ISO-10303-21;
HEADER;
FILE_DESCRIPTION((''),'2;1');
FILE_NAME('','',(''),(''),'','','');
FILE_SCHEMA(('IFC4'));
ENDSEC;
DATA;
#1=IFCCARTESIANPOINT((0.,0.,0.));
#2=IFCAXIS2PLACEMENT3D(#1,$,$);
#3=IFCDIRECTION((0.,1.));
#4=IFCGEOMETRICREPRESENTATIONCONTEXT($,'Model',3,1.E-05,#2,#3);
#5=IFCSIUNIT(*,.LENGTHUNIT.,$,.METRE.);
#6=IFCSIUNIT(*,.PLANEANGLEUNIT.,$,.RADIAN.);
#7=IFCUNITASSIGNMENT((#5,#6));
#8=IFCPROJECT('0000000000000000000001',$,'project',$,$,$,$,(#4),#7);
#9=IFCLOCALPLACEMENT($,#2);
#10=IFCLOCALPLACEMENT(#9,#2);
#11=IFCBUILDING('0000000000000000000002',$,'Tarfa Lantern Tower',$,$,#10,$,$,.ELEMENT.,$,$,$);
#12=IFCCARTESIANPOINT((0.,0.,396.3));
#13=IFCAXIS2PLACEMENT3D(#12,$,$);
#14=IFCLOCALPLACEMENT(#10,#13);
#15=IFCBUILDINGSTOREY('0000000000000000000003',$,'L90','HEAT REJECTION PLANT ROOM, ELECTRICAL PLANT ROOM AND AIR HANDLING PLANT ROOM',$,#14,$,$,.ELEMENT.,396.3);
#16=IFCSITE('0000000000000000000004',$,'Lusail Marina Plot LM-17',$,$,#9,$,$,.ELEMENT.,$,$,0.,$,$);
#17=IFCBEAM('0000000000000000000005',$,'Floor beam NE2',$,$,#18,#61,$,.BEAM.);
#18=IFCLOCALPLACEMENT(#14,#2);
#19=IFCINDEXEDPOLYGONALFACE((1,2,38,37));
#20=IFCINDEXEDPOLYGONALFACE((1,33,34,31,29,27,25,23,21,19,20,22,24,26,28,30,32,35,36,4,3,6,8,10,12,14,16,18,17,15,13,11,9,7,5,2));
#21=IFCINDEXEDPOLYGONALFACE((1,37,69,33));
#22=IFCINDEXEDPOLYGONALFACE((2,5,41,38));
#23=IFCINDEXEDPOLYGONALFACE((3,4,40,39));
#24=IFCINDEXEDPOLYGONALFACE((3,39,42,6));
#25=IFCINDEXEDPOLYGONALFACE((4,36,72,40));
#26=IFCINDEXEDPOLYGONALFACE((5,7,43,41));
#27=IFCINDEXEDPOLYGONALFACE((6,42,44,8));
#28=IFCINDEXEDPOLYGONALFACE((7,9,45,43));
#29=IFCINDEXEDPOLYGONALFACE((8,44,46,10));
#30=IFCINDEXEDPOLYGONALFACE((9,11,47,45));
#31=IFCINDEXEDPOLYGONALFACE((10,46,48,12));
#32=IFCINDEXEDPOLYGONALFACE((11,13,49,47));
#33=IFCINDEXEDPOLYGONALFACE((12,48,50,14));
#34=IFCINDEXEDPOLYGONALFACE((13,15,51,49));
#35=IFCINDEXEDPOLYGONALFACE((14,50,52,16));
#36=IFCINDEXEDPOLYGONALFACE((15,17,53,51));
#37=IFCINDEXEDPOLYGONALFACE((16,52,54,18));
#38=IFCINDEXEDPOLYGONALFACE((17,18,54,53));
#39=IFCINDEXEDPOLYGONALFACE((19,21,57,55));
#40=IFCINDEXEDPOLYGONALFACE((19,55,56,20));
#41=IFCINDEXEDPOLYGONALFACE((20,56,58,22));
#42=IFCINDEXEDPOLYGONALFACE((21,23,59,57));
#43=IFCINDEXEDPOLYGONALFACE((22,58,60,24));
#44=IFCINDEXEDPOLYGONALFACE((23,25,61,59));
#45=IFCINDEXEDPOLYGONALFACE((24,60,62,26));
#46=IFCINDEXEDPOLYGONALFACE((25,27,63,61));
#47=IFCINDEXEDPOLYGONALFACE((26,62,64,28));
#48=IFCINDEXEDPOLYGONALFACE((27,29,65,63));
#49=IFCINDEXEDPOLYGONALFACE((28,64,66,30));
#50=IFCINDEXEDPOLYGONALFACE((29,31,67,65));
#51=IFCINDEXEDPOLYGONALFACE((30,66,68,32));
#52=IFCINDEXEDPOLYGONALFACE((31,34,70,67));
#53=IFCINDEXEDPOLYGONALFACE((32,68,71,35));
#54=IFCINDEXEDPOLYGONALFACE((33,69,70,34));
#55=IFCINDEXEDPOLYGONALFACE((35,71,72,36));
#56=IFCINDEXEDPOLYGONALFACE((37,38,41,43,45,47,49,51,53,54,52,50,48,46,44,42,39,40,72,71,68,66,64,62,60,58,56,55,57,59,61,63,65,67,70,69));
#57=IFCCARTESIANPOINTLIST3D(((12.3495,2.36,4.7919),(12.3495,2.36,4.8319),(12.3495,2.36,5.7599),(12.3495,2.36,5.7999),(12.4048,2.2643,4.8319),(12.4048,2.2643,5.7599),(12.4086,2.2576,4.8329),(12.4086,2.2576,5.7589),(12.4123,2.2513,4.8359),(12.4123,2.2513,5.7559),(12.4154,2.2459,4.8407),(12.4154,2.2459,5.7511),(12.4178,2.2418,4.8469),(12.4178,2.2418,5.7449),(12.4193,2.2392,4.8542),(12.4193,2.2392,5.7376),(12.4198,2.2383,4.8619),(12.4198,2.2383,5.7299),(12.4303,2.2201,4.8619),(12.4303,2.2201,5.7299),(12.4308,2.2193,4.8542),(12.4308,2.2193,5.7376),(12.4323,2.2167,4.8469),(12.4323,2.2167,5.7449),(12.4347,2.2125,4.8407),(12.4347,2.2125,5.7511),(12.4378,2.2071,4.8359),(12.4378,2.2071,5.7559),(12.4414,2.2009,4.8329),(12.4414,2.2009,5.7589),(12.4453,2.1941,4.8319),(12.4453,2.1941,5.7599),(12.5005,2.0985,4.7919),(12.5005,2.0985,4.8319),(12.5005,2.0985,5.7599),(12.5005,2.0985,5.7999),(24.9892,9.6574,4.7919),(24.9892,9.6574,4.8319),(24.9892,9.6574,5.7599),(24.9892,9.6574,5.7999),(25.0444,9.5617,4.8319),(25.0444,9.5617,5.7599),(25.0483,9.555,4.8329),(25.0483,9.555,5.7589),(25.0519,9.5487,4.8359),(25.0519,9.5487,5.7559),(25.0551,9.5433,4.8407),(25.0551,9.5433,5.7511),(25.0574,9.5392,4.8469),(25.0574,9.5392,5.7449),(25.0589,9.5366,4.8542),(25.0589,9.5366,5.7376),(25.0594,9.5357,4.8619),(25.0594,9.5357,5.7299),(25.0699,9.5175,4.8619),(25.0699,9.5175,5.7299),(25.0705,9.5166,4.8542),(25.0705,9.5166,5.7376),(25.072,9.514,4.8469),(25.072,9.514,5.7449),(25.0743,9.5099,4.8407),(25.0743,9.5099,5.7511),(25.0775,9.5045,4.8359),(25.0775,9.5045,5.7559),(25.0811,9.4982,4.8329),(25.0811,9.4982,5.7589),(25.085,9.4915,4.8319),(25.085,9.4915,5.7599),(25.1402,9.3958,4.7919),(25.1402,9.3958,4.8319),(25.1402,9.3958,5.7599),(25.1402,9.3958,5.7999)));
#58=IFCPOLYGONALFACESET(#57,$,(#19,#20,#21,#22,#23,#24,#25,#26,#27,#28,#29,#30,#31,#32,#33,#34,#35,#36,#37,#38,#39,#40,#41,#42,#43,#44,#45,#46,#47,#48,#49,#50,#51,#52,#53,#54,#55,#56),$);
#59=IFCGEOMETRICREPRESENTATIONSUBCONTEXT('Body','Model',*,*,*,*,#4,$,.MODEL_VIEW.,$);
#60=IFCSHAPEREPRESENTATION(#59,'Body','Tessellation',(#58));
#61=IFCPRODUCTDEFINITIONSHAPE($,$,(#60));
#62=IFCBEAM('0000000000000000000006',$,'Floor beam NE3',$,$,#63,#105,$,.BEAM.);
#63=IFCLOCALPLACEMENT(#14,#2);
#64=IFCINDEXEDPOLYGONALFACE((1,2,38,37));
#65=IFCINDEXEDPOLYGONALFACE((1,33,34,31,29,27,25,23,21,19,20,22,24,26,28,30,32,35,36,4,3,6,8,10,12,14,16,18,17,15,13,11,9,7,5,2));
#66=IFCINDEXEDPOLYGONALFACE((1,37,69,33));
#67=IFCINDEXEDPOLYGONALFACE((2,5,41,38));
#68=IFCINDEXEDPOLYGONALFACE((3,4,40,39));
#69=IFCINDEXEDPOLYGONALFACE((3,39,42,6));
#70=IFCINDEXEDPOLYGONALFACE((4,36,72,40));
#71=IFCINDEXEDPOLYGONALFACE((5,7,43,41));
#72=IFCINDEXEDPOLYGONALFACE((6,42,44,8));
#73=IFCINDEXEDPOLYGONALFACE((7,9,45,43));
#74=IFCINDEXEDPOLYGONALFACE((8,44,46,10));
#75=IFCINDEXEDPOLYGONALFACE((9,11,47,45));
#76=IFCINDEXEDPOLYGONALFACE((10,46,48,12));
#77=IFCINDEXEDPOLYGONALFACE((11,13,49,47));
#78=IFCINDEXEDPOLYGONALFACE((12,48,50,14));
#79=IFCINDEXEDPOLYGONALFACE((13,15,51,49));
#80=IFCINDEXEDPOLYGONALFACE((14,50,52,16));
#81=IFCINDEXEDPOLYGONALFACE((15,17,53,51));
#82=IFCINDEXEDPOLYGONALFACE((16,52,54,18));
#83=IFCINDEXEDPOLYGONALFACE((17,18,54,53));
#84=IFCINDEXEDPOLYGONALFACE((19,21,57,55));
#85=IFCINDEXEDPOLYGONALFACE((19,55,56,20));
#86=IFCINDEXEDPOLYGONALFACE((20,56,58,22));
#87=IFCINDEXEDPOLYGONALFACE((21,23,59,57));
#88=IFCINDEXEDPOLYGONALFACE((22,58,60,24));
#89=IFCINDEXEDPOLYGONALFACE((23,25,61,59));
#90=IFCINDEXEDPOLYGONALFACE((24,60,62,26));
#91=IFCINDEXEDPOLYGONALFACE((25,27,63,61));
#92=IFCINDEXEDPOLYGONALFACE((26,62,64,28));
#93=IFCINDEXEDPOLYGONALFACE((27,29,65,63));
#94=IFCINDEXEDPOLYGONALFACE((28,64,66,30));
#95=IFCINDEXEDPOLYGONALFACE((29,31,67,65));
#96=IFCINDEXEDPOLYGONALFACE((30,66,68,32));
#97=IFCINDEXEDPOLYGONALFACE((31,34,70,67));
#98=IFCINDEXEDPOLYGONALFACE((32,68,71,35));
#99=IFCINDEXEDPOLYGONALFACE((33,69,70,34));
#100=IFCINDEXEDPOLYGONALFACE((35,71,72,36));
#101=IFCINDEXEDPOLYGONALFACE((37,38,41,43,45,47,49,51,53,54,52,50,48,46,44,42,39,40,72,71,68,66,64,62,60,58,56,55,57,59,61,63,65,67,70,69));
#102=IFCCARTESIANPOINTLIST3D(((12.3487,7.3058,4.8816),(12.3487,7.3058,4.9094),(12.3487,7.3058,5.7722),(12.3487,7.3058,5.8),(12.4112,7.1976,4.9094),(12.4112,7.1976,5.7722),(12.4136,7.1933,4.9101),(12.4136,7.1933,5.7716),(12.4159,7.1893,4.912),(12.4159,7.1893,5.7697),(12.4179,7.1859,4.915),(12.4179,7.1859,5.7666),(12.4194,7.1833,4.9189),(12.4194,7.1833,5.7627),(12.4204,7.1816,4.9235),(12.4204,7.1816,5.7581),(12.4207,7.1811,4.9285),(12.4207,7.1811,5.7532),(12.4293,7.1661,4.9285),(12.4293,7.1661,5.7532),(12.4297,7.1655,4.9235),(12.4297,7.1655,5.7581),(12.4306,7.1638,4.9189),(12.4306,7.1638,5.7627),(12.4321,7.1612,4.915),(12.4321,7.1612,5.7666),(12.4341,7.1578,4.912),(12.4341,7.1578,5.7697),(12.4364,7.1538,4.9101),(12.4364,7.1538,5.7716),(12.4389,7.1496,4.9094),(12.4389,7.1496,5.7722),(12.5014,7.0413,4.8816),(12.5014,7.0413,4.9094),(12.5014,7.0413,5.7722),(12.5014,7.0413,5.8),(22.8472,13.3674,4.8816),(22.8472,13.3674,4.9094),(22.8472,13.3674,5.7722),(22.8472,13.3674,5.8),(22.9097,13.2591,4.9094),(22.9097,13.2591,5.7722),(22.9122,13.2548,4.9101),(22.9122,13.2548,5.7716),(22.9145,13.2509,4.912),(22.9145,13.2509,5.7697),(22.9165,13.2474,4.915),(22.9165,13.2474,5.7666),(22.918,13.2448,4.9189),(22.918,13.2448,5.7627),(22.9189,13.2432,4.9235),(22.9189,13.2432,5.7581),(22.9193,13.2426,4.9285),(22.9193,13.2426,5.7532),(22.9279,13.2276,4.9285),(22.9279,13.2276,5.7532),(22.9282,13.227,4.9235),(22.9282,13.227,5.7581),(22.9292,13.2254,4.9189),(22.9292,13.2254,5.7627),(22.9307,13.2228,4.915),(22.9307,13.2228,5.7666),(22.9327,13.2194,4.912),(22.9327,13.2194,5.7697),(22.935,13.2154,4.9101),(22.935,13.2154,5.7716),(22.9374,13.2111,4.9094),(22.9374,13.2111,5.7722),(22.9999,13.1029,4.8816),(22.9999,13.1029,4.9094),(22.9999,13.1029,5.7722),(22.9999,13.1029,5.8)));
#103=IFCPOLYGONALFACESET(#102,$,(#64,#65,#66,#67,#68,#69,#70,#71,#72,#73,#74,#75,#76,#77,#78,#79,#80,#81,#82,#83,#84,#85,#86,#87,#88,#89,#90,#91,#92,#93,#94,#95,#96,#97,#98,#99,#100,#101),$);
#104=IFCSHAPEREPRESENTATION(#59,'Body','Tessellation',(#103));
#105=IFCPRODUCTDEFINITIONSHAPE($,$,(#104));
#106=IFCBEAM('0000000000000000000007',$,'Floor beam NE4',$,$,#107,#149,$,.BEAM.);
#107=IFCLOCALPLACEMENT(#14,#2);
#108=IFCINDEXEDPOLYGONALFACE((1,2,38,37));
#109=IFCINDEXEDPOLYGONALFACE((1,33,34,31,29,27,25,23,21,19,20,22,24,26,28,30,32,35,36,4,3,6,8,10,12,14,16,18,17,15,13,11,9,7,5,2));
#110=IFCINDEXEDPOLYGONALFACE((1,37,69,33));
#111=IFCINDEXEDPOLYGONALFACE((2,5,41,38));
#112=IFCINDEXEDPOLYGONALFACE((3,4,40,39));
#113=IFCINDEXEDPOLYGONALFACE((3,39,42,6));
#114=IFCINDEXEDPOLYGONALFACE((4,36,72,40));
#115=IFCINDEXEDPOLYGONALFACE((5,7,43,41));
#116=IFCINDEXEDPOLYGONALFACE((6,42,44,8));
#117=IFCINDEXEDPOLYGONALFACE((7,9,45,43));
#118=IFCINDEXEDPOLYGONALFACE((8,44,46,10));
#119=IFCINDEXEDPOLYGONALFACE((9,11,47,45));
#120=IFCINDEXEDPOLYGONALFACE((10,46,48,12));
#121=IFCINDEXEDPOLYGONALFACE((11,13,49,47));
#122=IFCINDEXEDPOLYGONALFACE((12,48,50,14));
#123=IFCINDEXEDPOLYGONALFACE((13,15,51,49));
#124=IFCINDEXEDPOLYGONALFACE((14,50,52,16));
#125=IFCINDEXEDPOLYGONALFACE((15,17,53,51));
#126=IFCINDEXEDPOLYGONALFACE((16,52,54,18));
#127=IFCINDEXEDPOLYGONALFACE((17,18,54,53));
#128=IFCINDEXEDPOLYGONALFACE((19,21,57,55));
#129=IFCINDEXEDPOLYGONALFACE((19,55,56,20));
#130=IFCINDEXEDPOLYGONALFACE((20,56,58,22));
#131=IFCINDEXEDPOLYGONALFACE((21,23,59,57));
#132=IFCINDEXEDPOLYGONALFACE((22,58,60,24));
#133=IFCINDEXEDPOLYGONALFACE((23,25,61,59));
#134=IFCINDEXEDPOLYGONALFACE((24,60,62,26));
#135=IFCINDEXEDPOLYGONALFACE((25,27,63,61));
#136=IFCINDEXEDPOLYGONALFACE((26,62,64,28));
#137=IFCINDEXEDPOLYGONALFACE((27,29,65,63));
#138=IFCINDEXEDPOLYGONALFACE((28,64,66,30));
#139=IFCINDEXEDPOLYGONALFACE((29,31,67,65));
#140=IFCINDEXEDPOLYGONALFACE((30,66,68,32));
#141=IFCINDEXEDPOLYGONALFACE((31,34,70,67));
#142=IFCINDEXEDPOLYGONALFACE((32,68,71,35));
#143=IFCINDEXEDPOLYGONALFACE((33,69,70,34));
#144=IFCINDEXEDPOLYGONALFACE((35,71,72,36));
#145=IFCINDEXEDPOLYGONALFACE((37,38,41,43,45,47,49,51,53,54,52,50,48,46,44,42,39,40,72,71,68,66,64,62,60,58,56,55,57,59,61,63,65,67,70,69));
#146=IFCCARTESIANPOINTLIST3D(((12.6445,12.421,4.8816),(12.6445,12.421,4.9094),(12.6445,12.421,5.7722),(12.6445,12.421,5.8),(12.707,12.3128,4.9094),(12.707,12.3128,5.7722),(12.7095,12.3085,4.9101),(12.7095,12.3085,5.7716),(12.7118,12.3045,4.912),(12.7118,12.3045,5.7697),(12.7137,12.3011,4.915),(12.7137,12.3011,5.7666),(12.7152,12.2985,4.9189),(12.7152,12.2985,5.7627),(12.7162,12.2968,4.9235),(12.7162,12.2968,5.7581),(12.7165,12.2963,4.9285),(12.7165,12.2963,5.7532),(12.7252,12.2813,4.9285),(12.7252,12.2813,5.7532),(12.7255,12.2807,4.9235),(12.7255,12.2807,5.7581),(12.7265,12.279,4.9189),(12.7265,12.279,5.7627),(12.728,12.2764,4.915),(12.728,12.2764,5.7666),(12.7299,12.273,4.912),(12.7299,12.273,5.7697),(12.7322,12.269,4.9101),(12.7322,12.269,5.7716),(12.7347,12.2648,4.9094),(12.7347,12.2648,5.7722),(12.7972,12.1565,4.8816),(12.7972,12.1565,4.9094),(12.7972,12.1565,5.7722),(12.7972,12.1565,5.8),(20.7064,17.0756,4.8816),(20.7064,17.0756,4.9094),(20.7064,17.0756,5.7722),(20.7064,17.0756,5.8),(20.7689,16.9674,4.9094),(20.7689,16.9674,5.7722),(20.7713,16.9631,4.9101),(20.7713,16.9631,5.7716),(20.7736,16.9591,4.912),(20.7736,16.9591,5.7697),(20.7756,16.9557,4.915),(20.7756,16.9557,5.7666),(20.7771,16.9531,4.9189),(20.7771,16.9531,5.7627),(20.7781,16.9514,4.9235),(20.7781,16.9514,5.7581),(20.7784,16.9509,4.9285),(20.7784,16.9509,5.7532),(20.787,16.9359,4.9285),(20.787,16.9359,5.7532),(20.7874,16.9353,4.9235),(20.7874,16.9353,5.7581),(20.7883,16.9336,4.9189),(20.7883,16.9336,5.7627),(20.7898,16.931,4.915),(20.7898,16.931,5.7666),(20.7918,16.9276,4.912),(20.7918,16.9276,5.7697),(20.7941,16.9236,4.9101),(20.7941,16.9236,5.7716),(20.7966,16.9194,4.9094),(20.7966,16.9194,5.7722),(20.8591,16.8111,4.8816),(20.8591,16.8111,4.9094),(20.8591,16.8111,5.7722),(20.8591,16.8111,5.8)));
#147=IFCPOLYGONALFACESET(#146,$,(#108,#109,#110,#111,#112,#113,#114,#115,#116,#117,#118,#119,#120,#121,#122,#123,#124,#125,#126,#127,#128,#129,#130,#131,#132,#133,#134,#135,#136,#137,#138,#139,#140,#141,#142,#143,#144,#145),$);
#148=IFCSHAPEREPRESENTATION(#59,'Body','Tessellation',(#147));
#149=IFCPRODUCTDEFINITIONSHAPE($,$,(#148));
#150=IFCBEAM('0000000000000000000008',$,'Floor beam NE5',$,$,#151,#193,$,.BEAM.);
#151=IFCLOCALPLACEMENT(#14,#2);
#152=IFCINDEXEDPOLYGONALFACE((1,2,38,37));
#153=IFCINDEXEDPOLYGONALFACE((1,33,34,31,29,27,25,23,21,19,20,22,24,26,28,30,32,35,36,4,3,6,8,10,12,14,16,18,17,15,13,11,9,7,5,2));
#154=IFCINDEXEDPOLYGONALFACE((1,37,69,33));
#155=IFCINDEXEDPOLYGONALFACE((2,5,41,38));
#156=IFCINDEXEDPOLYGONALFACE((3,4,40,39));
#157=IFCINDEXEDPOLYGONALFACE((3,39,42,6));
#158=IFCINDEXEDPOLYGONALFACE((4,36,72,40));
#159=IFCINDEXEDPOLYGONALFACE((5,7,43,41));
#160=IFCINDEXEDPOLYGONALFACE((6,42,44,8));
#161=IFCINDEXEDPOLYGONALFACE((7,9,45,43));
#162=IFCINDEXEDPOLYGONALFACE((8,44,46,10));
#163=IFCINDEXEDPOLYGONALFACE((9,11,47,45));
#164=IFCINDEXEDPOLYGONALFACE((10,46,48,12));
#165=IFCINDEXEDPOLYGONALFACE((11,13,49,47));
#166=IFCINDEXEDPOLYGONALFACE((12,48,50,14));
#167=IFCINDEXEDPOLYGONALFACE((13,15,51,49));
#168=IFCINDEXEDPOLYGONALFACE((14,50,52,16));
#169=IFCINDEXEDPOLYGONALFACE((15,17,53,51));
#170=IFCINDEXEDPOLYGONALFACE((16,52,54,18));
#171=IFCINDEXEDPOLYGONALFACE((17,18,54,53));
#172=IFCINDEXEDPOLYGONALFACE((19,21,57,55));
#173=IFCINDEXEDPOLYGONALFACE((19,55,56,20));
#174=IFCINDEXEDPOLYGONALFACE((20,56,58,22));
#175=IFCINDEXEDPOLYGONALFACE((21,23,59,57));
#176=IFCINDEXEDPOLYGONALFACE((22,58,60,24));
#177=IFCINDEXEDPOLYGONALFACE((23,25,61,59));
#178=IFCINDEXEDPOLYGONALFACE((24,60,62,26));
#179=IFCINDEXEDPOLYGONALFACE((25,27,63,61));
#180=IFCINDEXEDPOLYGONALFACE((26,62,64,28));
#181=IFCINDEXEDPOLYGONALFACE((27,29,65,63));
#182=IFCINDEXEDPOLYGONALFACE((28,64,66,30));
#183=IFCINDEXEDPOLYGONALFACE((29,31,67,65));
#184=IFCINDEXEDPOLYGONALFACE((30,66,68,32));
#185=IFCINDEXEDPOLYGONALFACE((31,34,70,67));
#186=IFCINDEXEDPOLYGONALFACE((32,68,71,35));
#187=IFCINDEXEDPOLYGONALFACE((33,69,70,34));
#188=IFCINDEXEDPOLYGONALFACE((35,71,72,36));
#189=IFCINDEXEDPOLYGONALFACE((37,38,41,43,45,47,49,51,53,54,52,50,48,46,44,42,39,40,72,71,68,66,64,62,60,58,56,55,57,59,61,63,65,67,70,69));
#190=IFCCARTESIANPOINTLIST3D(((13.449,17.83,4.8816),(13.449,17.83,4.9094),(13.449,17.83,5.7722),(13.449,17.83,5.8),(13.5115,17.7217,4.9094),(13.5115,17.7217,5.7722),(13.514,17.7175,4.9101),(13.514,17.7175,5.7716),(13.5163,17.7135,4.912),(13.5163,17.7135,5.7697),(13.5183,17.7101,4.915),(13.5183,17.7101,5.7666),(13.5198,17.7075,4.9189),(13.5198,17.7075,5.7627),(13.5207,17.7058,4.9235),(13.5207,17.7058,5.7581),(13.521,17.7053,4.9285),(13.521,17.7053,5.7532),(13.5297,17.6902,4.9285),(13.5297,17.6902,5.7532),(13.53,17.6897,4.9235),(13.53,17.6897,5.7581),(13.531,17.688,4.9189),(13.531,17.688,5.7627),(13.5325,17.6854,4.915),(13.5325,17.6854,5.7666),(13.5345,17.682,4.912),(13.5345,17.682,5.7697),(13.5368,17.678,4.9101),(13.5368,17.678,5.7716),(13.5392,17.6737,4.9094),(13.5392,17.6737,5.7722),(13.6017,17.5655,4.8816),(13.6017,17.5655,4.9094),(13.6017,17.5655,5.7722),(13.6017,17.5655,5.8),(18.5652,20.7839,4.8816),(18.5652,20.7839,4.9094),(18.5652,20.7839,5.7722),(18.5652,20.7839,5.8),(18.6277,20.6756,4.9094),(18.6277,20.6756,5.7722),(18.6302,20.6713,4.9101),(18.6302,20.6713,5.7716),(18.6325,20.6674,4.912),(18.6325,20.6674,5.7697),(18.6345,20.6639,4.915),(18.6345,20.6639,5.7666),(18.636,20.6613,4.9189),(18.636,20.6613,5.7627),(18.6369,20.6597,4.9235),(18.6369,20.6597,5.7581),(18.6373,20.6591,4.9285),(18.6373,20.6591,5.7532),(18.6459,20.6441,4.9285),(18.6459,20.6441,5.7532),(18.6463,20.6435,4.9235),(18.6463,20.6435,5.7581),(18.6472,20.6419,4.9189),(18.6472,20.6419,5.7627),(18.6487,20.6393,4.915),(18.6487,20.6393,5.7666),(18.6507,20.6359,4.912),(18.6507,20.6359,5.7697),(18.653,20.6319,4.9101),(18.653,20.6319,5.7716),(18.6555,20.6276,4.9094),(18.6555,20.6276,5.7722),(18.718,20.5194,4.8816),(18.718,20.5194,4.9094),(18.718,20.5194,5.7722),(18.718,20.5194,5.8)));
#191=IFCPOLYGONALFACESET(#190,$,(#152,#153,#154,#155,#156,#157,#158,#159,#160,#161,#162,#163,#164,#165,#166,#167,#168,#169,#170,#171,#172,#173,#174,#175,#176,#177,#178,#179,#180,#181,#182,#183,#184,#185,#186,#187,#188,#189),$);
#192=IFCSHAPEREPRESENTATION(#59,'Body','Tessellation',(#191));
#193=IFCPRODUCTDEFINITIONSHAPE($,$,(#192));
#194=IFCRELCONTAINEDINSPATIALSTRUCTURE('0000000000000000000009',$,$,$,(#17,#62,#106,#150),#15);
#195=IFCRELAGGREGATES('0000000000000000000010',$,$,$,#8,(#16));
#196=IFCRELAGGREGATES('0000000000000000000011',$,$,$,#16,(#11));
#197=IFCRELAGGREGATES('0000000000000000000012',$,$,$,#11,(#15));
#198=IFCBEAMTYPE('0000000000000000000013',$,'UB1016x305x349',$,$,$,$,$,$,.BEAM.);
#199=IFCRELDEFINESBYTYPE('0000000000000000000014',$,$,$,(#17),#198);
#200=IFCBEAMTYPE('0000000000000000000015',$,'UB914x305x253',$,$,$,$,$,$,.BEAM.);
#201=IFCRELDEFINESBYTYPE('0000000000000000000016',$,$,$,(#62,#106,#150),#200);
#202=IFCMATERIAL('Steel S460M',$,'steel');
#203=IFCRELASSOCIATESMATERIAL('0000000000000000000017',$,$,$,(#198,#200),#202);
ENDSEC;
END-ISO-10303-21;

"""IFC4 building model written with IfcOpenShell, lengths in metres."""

from ifc_helpers import new_model, si_unit, direction, frame, origin, origin_2d, place, context, subcontext, project, spatial, i_section, extrude, material, material_profile, profile_set, type_object, element, save


model = new_model("IFC4")

# Units and contexts
model_context = context("Model", 3, precision=1e-05, world=origin(), true_north=direction((0.0, 1.0)))
body_context = subcontext(model_context, "Body", "Model", "MODEL_VIEW")
ifc_project = project(units=[si_unit("LENGTHUNIT", "METRE"), si_unit("PLANEANGLEUNIT", "RADIAN")], contexts=[model_context])

# Site, building, storey
site_placement = place(None, origin())
site = spatial("IfcSite", under=ifc_project, at=site_placement, Name="Lusail Marina Plot LM-17", CompositionType="ELEMENT", RefElevation=0.0)
building_placement = place(site_placement, origin())
building = spatial("IfcBuilding", under=site, at=building_placement, Name="Tarfa Lantern Tower", CompositionType="ELEMENT")
storey_placement = place(building_placement, frame((0.0, 0.0, 396.3)))
storey = spatial("IfcBuildingStorey", under=building, at=storey_placement, Name="L90", Description="HEAT REJECTION PLANT ROOM, ELECTRICAL PLANT ROOM AND AIR HANDLING PLANT ROOM", CompositionType="ELEMENT", Elevation=396.3)

# Beams
ifc_material_1 = material(Name="Steel S460M", Category="steel")
ifc_material_profile_1 = material_profile(ifc_material_1, i_section(OverallWidth=0.302, OverallDepth=1.0081, WebThickness=0.021, FlangeThickness=0.04, FilletRadius=0.03, at=origin_2d()), Name="UB1016x305x349")
ifc_profile_set_1 = profile_set([ifc_material_profile_1], Name="Steel S460M")
beam_type_1 = type_object("IfcBeamType", Name="UB1016x305x349", PredefinedType="BEAM", material=ifc_profile_set_1)
beam_1_placement = place(storey_placement, frame((25.0647, 9.5266, 5.2959), z_axis=(-0.86603, -0.499993, 0.0), x_axis=(0.499993, -0.86603, 0.0)))
element("IfcBeam", 1, at=beam_1_placement, inside=storey, type_object=beam_type_1, Name="Floor beam NE2", PredefinedType="BEAM", context=body_context, shape_type="SweptSolid", body=[
    extrude(i_section(OverallWidth=0.302, OverallDepth=1.0081, WebThickness=0.021, FlangeThickness=0.04, FilletRadius=0.03, at=origin_2d()), origin(), (0.0, 0.0, 1.0), 14.595),
])
ifc_material_profile_2 = material_profile(ifc_material_1, i_section(OverallWidth=0.3054, OverallDepth=0.9185, WebThickness=0.0173, FlangeThickness=0.0278, FilletRadius=0.019, at=origin_2d()), Name="UB914x305x253")
ifc_profile_set_2 = profile_set([ifc_material_profile_2], Name="Steel S460M")
beam_type_2 = type_object("IfcBeamType", Name="UB914x305x253", PredefinedType="BEAM", material=ifc_profile_set_2)
beam_2_placement = place(storey_placement, frame((22.9236, 13.2351, 5.3408), z_axis=(-0.866019, -0.500012, 0.0), x_axis=(0.500012, -0.866019, 0.0)))
element("IfcBeam", 2, at=beam_2_placement, inside=storey, type_object=beam_type_2, Name="Floor beam NE3", PredefinedType="BEAM", context=body_context, shape_type="SweptSolid", body=[
    extrude(i_section(OverallWidth=0.3054, OverallDepth=0.9185, WebThickness=0.0173, FlangeThickness=0.0278, FilletRadius=0.019, at=origin_2d()), origin(), (0.0, 0.0, 1.0), 12.1228),
])
beam_3_placement = place(storey_placement, frame((20.7827, 16.9434, 5.3408), z_axis=(-0.866022, -0.500006, 0.0), x_axis=(0.500006, -0.866022, 0.0)))
element("IfcBeam", 3, at=beam_3_placement, inside=storey, type_object=beam_type_2, Name="Floor beam NE4", PredefinedType="BEAM", context=body_context, shape_type="SweptSolid", body=[
    extrude(i_section(OverallWidth=0.3054, OverallDepth=0.9185, WebThickness=0.0173, FlangeThickness=0.0278, FilletRadius=0.019, at=origin_2d()), origin(), (0.0, 0.0, 1.0), 9.3091),
])
beam_4_placement = place(storey_placement, frame((18.6416, 20.6516, 5.3408), z_axis=(-0.866025, -0.500001, 0.0), x_axis=(0.500001, -0.866025, 0.0)))
element("IfcBeam", 4, at=beam_4_placement, inside=storey, type_object=beam_type_2, Name="Floor beam NE5", PredefinedType="BEAM", context=body_context, shape_type="SweptSolid", body=[
    extrude(i_section(OverallWidth=0.3054, OverallDepth=0.9185, WebThickness=0.0173, FlangeThickness=0.0278, FilletRadius=0.019, at=origin_2d()), origin(), (0.0, 0.0, 1.0), 5.9077),
])

save(model, "model.ifc")
